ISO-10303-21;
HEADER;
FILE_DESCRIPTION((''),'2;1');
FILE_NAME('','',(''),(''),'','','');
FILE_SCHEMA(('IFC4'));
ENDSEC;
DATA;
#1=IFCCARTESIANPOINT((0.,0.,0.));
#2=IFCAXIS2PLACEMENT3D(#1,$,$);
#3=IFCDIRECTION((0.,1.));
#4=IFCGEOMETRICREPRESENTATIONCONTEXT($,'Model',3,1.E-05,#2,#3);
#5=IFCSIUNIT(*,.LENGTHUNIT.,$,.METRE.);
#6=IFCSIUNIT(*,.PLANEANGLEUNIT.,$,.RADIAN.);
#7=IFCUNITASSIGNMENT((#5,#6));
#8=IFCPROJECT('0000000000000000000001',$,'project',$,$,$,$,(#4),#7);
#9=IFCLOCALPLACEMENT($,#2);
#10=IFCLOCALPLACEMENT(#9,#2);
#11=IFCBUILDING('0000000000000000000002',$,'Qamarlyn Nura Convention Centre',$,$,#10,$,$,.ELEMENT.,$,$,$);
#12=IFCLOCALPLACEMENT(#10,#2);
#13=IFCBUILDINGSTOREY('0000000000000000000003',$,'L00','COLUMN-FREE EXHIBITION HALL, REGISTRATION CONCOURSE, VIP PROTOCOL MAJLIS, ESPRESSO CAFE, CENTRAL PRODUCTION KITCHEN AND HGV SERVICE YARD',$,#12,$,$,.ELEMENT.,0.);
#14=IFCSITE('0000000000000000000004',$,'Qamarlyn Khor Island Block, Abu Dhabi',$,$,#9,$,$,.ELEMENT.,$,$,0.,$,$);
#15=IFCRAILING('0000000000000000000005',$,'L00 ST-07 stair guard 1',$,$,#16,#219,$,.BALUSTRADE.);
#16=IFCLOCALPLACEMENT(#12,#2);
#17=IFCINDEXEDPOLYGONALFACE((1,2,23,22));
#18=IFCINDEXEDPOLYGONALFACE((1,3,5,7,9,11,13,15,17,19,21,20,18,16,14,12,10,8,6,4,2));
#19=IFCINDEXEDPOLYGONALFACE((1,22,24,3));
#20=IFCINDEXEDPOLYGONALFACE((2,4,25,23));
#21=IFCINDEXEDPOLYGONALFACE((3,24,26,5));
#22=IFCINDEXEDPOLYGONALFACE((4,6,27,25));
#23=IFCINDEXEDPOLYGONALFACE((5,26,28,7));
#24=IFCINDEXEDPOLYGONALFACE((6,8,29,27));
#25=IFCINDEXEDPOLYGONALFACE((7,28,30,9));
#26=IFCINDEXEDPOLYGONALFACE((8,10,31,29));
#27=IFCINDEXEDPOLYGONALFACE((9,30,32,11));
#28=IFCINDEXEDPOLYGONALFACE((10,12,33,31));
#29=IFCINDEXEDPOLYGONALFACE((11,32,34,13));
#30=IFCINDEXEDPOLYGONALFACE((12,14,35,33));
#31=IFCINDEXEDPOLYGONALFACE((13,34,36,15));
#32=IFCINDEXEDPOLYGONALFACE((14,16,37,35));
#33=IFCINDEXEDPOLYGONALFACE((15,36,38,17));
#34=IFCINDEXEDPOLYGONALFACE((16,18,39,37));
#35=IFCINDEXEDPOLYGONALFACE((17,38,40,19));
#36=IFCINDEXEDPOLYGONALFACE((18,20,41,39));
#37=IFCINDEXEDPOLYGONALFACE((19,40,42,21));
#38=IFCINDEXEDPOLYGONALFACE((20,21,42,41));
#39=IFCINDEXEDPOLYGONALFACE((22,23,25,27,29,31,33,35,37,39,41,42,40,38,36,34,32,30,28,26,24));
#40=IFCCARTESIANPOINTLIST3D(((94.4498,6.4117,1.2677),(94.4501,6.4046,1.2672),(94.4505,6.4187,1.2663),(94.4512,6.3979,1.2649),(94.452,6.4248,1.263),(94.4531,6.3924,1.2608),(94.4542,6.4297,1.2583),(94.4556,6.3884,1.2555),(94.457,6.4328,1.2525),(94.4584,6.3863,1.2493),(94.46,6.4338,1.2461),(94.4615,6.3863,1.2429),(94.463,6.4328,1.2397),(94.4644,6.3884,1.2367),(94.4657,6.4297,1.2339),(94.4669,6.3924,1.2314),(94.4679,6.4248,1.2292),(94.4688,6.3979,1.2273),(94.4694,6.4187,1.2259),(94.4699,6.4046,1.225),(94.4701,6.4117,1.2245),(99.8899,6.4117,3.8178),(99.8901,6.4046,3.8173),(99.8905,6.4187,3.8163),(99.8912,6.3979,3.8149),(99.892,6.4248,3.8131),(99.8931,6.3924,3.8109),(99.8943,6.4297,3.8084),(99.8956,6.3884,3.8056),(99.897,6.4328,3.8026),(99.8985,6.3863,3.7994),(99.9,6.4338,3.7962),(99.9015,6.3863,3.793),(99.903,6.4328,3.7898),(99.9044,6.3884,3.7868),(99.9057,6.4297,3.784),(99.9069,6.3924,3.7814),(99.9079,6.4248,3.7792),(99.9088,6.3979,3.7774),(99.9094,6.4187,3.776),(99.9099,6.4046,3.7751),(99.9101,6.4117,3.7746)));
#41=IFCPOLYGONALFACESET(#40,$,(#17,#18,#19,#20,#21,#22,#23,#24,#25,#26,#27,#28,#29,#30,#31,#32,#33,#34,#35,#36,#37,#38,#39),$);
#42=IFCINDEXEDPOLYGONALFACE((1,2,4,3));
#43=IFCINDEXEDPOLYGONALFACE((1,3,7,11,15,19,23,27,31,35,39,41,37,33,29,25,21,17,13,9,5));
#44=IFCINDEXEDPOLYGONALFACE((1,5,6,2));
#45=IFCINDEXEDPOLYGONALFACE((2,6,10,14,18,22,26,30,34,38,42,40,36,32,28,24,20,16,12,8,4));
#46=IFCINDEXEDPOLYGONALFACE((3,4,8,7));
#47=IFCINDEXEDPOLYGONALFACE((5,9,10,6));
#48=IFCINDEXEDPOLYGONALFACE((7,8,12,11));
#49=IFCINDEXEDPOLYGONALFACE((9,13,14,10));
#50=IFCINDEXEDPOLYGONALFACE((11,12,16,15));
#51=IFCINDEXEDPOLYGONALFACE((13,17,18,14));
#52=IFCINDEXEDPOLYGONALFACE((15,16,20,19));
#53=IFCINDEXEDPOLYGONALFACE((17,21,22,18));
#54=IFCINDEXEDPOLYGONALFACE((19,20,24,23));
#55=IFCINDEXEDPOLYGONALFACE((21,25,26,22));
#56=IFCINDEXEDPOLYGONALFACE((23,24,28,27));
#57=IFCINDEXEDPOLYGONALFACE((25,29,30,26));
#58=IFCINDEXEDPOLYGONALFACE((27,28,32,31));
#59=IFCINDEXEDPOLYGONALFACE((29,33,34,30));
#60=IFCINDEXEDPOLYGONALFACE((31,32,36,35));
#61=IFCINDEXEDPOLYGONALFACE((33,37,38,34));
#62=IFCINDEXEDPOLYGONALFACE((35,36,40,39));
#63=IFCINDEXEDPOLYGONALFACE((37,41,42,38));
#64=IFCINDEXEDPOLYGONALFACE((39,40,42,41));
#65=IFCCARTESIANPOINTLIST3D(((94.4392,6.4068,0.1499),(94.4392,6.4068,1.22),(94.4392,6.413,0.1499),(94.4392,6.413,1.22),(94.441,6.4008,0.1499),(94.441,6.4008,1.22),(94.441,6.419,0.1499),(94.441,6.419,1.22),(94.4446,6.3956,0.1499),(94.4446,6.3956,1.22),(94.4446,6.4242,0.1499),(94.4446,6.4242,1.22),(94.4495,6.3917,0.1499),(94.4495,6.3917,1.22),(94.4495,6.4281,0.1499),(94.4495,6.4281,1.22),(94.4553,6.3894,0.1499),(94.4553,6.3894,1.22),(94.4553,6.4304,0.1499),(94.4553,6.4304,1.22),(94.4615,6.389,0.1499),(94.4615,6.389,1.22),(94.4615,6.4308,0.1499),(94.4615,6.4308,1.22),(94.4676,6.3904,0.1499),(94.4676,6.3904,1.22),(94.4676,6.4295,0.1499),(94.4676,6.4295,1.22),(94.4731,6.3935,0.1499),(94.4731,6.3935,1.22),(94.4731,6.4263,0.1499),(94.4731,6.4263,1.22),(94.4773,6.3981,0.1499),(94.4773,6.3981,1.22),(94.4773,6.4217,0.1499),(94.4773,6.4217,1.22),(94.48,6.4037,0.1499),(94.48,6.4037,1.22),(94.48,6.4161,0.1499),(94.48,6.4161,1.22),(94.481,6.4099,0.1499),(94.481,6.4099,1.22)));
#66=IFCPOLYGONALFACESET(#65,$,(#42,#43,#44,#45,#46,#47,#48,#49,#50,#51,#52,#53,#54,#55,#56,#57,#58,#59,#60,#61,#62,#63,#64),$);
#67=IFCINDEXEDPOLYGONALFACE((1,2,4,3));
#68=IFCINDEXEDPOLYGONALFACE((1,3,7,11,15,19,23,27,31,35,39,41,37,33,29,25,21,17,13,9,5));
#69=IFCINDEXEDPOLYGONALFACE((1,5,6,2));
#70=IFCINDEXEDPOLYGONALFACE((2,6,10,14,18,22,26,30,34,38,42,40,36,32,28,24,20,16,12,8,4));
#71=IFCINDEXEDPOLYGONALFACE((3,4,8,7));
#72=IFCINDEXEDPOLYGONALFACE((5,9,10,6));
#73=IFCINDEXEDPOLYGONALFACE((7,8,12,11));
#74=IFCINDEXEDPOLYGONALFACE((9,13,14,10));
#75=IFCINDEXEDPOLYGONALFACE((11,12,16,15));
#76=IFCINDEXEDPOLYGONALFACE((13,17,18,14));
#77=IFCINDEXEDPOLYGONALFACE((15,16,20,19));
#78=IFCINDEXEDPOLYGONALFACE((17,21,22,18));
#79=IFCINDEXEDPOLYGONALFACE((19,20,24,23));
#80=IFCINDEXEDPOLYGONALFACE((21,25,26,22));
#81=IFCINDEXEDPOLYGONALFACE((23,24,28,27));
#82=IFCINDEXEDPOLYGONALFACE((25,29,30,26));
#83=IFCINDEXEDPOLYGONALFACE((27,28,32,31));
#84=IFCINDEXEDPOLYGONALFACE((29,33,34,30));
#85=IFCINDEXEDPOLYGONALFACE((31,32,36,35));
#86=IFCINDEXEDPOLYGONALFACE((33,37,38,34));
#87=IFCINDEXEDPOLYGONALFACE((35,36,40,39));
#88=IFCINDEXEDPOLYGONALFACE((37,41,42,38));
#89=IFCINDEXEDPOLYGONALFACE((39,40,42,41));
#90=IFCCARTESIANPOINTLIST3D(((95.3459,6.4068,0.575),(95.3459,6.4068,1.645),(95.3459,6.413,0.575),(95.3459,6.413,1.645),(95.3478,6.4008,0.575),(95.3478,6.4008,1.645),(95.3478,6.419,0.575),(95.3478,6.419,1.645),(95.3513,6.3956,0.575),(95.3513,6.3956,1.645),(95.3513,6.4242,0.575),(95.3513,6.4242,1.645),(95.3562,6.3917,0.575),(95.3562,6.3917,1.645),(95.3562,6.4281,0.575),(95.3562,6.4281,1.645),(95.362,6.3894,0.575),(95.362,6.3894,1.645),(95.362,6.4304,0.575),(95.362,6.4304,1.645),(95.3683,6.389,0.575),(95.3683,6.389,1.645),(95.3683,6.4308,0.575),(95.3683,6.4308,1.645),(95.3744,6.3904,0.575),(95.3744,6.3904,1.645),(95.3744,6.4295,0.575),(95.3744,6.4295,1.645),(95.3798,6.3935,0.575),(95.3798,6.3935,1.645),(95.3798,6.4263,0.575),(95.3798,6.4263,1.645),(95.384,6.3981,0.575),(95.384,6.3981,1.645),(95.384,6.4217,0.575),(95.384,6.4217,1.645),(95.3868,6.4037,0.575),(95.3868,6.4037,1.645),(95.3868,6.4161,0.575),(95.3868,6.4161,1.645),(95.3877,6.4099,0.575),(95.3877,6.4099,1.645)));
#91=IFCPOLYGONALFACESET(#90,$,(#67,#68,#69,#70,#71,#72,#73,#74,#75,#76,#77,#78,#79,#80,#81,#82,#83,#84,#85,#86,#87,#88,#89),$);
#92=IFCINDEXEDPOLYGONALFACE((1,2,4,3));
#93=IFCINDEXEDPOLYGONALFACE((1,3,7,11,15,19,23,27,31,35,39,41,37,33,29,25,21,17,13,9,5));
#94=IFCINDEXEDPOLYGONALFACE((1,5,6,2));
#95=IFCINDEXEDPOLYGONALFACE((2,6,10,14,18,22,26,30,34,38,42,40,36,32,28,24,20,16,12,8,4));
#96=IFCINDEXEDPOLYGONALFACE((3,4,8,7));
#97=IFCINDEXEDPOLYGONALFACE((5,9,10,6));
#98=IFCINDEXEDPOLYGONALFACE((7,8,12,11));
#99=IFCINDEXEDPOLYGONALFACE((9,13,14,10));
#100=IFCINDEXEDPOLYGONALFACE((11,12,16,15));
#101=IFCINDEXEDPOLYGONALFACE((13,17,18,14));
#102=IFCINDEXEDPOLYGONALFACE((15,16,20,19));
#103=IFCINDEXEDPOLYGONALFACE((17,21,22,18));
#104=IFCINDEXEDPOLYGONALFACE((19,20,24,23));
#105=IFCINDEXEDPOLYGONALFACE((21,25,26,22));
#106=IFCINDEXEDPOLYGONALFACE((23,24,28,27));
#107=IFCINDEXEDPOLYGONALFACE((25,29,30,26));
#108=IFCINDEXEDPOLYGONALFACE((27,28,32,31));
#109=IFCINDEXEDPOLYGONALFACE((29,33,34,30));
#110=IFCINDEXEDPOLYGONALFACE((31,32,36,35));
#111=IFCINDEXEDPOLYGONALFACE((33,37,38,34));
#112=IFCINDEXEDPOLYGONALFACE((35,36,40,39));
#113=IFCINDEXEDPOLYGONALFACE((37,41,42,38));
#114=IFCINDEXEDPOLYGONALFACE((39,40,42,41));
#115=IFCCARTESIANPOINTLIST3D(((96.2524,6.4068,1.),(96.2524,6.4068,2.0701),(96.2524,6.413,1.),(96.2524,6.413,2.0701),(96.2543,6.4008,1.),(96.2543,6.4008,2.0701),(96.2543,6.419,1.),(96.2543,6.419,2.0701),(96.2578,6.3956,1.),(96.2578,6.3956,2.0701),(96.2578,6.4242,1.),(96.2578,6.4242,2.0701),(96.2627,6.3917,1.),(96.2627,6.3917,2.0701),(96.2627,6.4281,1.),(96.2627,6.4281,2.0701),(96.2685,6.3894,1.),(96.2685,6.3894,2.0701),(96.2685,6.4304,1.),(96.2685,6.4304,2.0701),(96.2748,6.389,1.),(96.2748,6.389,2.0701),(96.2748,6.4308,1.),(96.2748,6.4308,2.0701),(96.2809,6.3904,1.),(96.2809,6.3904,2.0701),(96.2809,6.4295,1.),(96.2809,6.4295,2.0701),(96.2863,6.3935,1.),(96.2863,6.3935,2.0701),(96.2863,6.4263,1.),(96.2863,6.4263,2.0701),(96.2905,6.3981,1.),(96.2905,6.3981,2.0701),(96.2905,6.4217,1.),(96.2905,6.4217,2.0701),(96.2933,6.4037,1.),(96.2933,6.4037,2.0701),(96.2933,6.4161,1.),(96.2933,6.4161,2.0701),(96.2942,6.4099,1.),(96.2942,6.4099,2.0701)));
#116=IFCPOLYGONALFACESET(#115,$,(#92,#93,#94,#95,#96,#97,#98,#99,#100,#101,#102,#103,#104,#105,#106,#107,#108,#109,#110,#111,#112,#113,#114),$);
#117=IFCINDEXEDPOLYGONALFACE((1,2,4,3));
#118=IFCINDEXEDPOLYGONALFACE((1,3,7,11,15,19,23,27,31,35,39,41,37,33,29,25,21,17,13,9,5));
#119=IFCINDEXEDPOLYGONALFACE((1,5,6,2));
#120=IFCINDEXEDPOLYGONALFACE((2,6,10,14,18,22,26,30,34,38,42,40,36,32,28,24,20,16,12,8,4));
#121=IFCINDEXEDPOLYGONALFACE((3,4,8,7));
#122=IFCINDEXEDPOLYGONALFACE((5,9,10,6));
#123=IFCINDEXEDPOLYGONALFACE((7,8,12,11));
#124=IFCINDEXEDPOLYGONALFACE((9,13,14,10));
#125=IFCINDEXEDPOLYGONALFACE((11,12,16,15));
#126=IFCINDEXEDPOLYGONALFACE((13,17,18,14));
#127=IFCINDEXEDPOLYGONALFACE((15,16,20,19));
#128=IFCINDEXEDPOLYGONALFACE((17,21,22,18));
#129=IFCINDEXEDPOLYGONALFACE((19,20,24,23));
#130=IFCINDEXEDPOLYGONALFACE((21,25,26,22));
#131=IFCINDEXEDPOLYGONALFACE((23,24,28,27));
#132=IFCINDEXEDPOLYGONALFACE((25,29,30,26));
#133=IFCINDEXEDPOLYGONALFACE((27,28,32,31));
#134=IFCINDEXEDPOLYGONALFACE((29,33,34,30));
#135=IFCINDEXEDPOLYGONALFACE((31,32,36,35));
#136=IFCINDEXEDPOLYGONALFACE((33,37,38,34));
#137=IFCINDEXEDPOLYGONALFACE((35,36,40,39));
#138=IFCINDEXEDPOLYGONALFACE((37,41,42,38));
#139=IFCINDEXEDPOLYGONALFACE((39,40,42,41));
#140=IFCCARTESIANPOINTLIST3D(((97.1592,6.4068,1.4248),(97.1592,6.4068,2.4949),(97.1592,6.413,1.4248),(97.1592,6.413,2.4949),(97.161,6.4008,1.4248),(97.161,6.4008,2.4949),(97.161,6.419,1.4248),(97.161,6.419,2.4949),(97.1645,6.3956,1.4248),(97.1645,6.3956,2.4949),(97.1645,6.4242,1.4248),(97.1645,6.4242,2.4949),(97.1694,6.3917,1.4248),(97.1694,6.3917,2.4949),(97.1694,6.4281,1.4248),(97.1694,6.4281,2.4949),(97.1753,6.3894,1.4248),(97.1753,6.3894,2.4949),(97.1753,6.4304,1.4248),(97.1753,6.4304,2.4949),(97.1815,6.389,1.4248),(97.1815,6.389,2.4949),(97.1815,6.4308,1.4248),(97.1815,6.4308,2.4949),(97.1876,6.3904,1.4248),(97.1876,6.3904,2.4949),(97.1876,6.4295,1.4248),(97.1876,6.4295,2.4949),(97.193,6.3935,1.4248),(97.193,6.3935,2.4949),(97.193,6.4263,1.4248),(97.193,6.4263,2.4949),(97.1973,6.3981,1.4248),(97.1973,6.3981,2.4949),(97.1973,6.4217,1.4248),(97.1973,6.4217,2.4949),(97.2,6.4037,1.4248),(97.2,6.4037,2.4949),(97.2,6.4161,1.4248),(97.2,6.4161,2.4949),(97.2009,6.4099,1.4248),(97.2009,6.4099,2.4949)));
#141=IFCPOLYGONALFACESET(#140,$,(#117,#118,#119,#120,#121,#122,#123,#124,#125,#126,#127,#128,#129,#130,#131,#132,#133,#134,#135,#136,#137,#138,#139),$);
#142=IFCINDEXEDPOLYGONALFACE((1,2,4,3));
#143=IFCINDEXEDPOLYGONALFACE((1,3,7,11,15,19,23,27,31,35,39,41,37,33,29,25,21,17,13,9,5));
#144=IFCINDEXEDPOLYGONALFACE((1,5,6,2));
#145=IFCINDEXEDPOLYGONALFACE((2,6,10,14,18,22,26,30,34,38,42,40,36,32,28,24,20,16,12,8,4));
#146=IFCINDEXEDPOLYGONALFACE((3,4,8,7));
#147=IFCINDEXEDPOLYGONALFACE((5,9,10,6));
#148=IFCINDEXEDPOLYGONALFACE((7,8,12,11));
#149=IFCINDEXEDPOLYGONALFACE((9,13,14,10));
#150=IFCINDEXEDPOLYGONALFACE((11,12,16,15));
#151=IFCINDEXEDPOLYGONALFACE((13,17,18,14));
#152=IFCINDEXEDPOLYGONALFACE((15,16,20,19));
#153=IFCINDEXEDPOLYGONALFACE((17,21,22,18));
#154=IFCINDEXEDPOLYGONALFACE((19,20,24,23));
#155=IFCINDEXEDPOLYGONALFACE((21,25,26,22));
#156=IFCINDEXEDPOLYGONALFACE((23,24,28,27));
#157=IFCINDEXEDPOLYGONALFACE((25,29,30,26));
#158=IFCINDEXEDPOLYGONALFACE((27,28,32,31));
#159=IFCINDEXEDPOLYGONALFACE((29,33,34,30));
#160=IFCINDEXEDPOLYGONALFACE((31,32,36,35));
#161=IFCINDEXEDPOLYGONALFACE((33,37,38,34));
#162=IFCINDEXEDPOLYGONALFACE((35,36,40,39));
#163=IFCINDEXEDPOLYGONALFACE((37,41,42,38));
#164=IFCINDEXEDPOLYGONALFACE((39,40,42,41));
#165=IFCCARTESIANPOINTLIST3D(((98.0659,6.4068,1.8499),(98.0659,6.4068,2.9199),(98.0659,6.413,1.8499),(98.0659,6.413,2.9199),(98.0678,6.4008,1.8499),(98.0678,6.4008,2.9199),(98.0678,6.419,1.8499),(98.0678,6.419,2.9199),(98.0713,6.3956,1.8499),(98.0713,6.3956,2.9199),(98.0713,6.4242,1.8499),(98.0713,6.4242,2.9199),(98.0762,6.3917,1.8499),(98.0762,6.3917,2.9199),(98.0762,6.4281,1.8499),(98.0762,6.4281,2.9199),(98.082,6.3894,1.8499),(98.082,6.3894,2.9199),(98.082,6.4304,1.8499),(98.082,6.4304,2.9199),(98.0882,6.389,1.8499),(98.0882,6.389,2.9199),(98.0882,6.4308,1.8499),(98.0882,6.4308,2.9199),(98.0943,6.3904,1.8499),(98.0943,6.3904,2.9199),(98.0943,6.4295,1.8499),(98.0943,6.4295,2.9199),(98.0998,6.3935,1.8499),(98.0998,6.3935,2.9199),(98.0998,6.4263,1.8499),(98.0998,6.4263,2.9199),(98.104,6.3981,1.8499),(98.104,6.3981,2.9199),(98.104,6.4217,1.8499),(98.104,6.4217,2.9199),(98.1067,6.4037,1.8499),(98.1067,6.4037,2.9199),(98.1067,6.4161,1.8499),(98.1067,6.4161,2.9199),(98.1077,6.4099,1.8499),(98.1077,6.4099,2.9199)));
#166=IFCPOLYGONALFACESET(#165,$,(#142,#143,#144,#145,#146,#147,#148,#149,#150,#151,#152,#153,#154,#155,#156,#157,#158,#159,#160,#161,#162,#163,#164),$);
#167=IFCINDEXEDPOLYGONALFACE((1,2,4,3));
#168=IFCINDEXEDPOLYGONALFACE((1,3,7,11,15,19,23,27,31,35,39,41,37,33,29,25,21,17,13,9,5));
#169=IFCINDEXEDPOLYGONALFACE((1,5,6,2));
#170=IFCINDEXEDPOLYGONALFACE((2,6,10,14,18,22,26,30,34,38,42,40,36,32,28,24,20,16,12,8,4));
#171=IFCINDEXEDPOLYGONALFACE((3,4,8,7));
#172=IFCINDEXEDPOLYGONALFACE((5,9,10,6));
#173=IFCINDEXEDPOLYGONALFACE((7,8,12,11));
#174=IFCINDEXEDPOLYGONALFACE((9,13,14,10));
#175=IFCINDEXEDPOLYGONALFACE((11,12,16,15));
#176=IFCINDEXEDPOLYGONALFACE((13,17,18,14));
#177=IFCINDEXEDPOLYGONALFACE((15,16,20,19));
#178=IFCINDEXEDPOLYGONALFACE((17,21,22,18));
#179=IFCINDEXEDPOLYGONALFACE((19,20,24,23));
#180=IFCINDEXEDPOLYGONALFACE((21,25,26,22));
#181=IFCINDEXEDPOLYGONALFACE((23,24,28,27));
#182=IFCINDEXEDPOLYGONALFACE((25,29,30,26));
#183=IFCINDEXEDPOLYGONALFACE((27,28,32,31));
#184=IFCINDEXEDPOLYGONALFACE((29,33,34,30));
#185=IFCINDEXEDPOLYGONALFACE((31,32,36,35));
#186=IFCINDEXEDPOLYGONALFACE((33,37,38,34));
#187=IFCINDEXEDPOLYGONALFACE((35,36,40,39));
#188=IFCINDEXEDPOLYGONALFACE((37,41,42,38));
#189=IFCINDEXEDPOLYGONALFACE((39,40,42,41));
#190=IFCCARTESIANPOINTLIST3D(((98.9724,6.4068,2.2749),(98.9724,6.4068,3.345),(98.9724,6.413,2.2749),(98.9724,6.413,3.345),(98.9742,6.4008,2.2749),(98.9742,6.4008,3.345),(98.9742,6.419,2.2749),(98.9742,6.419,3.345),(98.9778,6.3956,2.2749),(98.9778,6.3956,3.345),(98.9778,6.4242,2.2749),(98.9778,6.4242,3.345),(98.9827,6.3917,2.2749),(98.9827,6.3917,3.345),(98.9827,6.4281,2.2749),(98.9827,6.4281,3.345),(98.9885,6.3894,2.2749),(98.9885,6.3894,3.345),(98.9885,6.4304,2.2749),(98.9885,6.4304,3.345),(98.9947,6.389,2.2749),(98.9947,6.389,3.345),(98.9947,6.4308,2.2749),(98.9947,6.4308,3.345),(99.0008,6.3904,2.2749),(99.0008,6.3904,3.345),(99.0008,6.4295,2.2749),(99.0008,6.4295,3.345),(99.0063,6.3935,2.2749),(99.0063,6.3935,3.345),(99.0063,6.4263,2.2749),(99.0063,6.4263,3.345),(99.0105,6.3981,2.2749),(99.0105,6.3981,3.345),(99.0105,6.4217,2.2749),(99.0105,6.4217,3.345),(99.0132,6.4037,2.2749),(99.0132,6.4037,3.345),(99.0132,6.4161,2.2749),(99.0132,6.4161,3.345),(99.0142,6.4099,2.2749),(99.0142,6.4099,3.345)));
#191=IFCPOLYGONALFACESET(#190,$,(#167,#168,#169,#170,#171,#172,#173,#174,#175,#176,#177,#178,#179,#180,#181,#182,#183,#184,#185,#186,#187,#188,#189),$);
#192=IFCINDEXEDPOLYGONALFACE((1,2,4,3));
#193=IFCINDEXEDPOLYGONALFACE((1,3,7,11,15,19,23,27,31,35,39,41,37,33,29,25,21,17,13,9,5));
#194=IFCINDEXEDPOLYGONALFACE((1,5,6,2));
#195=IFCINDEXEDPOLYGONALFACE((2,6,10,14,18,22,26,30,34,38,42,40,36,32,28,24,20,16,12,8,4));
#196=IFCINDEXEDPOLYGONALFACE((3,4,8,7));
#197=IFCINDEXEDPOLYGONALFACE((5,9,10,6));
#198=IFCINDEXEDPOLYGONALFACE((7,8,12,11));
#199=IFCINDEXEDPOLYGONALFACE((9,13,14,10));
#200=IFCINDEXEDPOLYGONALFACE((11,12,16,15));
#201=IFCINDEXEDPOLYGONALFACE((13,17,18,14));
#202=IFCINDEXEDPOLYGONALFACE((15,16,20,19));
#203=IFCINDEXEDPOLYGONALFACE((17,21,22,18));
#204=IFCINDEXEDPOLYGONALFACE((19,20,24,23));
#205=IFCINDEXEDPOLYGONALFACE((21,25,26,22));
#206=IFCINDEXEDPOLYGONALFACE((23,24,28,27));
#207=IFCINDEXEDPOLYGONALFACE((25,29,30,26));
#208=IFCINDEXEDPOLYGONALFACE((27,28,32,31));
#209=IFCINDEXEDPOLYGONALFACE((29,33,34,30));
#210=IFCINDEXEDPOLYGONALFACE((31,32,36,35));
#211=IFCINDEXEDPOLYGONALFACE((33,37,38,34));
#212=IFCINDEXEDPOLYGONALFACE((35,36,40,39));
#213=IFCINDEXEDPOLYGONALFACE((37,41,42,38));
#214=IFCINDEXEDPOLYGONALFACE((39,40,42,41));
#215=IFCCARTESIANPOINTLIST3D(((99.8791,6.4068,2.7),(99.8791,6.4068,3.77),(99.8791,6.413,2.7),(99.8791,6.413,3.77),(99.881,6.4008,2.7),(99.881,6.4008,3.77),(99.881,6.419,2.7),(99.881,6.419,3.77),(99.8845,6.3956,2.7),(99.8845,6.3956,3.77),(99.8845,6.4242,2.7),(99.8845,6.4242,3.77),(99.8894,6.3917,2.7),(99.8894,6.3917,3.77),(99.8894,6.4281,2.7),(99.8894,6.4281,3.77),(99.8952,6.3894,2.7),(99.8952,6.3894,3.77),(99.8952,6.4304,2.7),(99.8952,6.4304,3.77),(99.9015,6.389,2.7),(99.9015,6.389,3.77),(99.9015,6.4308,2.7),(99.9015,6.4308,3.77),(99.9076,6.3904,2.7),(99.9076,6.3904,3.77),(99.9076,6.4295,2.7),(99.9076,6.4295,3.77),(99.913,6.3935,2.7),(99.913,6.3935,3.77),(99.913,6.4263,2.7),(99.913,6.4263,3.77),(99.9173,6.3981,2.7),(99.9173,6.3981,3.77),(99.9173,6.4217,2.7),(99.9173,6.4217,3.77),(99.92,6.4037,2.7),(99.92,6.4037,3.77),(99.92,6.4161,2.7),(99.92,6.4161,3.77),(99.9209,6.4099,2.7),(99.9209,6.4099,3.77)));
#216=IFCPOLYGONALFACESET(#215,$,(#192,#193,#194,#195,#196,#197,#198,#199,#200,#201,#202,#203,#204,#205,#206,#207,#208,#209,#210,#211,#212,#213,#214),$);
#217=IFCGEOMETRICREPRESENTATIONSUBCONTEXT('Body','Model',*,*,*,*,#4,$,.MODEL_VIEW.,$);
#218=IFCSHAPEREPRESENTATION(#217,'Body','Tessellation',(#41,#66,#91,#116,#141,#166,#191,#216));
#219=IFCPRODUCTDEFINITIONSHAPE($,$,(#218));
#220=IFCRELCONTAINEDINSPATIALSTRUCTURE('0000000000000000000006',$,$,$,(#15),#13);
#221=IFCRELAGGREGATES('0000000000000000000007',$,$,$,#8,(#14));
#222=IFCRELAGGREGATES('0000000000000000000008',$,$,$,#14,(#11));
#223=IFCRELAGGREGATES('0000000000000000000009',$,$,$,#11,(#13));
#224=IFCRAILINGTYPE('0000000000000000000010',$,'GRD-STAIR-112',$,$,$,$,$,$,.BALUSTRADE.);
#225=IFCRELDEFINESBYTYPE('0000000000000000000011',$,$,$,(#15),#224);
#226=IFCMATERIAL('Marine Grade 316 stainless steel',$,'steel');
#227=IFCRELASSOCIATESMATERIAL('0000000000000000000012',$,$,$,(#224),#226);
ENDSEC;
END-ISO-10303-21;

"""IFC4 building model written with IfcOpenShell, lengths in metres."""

from ifc_helpers import new_model, si_unit, direction, frame, origin, origin_2d, place, context, subcontext, project, spatial, circle, extrude, material, type_object, element, save


model = new_model("IFC4")

# Units and contexts
model_context = context("Model", 3, precision=1e-05, world=origin(), true_north=direction((0.0, 1.0)))
body_context = subcontext(model_context, "Body", "Model", "MODEL_VIEW")
ifc_project = project(units=[si_unit("LENGTHUNIT", "METRE"), si_unit("PLANEANGLEUNIT", "RADIAN")], contexts=[model_context])

# Site, building, storey
site_placement = place(None, origin())
site = spatial("IfcSite", under=ifc_project, at=site_placement, Name="Qamarlyn Khor Island Block, Abu Dhabi", CompositionType="ELEMENT", RefElevation=0.0)
building_placement = place(site_placement, origin())
building = spatial("IfcBuilding", under=site, at=building_placement, Name="Qamarlyn Nura Convention Centre", CompositionType="ELEMENT")
storey_placement = place(building_placement, origin())
storey = spatial("IfcBuildingStorey", under=building, at=storey_placement, Name="L00", Description="COLUMN-FREE EXHIBITION HALL, REGISTRATION CONCOURSE, VIP PROTOCOL MAJLIS, ESPRESSO CAFE, CENTRAL PRODUCTION KITCHEN AND HGV SERVICE YARD", CompositionType="ELEMENT", Elevation=0.0)

# Railing
ifc_material_1 = material(Name="Marine Grade 316 stainless steel", Category="steel")
railing_type_1 = type_object("IfcRailingType", Name="GRD-STAIR-112", PredefinedType="BALUSTRADE", material=ifc_material_1)
railing_1_placement = place(storey_placement, frame((94.46, 6.4099, 0.1499)))
element("IfcRailing", 1, at=railing_1_placement, inside=storey, type_object=railing_type_1, Name="L00 ST-07 stair guard 1", PredefinedType="BALUSTRADE", context=body_context, shape_type="SweptSolid", body=[
    extrude(circle(Radius=0.0239, at=origin_2d()), frame((0.0, 0.0, 1.0962), z_axis=(0.905454, 0.0, 0.424444), x_axis=(0.0, 1.0, 0.0)), (0.0, 0.0, 1.0), 6.0081),
    extrude(circle(Radius=0.021, at=origin_2d()), origin(), (0.0, 0.0, 1.0), 1.0701),
    extrude(circle(Radius=0.021, at=origin_2d()), frame((0.9067, 0.0, 0.425)), (0.0, 0.0, 1.0), 1.0701),
    extrude(circle(Radius=0.021, at=origin_2d()), frame((1.8132, 0.0, 0.8501)), (0.0, 0.0, 1.0), 1.0701),
    extrude(circle(Radius=0.021, at=origin_2d()), frame((2.72, 0.0, 1.2749)), (0.0, 0.0, 1.0), 1.0701),
    extrude(circle(Radius=0.021, at=origin_2d()), frame((3.6267, 0.0, 1.7)), (0.0, 0.0, 1.0), 1.0701),
    extrude(circle(Radius=0.021, at=origin_2d()), frame((4.5332, 0.0, 2.125)), (0.0, 0.0, 1.0), 1.0701),
    extrude(circle(Radius=0.021, at=origin_2d()), frame((5.4399, 0.0, 2.55)), (0.0, 0.0, 1.0), 1.0701),
])

save(model, "model.ifc")
